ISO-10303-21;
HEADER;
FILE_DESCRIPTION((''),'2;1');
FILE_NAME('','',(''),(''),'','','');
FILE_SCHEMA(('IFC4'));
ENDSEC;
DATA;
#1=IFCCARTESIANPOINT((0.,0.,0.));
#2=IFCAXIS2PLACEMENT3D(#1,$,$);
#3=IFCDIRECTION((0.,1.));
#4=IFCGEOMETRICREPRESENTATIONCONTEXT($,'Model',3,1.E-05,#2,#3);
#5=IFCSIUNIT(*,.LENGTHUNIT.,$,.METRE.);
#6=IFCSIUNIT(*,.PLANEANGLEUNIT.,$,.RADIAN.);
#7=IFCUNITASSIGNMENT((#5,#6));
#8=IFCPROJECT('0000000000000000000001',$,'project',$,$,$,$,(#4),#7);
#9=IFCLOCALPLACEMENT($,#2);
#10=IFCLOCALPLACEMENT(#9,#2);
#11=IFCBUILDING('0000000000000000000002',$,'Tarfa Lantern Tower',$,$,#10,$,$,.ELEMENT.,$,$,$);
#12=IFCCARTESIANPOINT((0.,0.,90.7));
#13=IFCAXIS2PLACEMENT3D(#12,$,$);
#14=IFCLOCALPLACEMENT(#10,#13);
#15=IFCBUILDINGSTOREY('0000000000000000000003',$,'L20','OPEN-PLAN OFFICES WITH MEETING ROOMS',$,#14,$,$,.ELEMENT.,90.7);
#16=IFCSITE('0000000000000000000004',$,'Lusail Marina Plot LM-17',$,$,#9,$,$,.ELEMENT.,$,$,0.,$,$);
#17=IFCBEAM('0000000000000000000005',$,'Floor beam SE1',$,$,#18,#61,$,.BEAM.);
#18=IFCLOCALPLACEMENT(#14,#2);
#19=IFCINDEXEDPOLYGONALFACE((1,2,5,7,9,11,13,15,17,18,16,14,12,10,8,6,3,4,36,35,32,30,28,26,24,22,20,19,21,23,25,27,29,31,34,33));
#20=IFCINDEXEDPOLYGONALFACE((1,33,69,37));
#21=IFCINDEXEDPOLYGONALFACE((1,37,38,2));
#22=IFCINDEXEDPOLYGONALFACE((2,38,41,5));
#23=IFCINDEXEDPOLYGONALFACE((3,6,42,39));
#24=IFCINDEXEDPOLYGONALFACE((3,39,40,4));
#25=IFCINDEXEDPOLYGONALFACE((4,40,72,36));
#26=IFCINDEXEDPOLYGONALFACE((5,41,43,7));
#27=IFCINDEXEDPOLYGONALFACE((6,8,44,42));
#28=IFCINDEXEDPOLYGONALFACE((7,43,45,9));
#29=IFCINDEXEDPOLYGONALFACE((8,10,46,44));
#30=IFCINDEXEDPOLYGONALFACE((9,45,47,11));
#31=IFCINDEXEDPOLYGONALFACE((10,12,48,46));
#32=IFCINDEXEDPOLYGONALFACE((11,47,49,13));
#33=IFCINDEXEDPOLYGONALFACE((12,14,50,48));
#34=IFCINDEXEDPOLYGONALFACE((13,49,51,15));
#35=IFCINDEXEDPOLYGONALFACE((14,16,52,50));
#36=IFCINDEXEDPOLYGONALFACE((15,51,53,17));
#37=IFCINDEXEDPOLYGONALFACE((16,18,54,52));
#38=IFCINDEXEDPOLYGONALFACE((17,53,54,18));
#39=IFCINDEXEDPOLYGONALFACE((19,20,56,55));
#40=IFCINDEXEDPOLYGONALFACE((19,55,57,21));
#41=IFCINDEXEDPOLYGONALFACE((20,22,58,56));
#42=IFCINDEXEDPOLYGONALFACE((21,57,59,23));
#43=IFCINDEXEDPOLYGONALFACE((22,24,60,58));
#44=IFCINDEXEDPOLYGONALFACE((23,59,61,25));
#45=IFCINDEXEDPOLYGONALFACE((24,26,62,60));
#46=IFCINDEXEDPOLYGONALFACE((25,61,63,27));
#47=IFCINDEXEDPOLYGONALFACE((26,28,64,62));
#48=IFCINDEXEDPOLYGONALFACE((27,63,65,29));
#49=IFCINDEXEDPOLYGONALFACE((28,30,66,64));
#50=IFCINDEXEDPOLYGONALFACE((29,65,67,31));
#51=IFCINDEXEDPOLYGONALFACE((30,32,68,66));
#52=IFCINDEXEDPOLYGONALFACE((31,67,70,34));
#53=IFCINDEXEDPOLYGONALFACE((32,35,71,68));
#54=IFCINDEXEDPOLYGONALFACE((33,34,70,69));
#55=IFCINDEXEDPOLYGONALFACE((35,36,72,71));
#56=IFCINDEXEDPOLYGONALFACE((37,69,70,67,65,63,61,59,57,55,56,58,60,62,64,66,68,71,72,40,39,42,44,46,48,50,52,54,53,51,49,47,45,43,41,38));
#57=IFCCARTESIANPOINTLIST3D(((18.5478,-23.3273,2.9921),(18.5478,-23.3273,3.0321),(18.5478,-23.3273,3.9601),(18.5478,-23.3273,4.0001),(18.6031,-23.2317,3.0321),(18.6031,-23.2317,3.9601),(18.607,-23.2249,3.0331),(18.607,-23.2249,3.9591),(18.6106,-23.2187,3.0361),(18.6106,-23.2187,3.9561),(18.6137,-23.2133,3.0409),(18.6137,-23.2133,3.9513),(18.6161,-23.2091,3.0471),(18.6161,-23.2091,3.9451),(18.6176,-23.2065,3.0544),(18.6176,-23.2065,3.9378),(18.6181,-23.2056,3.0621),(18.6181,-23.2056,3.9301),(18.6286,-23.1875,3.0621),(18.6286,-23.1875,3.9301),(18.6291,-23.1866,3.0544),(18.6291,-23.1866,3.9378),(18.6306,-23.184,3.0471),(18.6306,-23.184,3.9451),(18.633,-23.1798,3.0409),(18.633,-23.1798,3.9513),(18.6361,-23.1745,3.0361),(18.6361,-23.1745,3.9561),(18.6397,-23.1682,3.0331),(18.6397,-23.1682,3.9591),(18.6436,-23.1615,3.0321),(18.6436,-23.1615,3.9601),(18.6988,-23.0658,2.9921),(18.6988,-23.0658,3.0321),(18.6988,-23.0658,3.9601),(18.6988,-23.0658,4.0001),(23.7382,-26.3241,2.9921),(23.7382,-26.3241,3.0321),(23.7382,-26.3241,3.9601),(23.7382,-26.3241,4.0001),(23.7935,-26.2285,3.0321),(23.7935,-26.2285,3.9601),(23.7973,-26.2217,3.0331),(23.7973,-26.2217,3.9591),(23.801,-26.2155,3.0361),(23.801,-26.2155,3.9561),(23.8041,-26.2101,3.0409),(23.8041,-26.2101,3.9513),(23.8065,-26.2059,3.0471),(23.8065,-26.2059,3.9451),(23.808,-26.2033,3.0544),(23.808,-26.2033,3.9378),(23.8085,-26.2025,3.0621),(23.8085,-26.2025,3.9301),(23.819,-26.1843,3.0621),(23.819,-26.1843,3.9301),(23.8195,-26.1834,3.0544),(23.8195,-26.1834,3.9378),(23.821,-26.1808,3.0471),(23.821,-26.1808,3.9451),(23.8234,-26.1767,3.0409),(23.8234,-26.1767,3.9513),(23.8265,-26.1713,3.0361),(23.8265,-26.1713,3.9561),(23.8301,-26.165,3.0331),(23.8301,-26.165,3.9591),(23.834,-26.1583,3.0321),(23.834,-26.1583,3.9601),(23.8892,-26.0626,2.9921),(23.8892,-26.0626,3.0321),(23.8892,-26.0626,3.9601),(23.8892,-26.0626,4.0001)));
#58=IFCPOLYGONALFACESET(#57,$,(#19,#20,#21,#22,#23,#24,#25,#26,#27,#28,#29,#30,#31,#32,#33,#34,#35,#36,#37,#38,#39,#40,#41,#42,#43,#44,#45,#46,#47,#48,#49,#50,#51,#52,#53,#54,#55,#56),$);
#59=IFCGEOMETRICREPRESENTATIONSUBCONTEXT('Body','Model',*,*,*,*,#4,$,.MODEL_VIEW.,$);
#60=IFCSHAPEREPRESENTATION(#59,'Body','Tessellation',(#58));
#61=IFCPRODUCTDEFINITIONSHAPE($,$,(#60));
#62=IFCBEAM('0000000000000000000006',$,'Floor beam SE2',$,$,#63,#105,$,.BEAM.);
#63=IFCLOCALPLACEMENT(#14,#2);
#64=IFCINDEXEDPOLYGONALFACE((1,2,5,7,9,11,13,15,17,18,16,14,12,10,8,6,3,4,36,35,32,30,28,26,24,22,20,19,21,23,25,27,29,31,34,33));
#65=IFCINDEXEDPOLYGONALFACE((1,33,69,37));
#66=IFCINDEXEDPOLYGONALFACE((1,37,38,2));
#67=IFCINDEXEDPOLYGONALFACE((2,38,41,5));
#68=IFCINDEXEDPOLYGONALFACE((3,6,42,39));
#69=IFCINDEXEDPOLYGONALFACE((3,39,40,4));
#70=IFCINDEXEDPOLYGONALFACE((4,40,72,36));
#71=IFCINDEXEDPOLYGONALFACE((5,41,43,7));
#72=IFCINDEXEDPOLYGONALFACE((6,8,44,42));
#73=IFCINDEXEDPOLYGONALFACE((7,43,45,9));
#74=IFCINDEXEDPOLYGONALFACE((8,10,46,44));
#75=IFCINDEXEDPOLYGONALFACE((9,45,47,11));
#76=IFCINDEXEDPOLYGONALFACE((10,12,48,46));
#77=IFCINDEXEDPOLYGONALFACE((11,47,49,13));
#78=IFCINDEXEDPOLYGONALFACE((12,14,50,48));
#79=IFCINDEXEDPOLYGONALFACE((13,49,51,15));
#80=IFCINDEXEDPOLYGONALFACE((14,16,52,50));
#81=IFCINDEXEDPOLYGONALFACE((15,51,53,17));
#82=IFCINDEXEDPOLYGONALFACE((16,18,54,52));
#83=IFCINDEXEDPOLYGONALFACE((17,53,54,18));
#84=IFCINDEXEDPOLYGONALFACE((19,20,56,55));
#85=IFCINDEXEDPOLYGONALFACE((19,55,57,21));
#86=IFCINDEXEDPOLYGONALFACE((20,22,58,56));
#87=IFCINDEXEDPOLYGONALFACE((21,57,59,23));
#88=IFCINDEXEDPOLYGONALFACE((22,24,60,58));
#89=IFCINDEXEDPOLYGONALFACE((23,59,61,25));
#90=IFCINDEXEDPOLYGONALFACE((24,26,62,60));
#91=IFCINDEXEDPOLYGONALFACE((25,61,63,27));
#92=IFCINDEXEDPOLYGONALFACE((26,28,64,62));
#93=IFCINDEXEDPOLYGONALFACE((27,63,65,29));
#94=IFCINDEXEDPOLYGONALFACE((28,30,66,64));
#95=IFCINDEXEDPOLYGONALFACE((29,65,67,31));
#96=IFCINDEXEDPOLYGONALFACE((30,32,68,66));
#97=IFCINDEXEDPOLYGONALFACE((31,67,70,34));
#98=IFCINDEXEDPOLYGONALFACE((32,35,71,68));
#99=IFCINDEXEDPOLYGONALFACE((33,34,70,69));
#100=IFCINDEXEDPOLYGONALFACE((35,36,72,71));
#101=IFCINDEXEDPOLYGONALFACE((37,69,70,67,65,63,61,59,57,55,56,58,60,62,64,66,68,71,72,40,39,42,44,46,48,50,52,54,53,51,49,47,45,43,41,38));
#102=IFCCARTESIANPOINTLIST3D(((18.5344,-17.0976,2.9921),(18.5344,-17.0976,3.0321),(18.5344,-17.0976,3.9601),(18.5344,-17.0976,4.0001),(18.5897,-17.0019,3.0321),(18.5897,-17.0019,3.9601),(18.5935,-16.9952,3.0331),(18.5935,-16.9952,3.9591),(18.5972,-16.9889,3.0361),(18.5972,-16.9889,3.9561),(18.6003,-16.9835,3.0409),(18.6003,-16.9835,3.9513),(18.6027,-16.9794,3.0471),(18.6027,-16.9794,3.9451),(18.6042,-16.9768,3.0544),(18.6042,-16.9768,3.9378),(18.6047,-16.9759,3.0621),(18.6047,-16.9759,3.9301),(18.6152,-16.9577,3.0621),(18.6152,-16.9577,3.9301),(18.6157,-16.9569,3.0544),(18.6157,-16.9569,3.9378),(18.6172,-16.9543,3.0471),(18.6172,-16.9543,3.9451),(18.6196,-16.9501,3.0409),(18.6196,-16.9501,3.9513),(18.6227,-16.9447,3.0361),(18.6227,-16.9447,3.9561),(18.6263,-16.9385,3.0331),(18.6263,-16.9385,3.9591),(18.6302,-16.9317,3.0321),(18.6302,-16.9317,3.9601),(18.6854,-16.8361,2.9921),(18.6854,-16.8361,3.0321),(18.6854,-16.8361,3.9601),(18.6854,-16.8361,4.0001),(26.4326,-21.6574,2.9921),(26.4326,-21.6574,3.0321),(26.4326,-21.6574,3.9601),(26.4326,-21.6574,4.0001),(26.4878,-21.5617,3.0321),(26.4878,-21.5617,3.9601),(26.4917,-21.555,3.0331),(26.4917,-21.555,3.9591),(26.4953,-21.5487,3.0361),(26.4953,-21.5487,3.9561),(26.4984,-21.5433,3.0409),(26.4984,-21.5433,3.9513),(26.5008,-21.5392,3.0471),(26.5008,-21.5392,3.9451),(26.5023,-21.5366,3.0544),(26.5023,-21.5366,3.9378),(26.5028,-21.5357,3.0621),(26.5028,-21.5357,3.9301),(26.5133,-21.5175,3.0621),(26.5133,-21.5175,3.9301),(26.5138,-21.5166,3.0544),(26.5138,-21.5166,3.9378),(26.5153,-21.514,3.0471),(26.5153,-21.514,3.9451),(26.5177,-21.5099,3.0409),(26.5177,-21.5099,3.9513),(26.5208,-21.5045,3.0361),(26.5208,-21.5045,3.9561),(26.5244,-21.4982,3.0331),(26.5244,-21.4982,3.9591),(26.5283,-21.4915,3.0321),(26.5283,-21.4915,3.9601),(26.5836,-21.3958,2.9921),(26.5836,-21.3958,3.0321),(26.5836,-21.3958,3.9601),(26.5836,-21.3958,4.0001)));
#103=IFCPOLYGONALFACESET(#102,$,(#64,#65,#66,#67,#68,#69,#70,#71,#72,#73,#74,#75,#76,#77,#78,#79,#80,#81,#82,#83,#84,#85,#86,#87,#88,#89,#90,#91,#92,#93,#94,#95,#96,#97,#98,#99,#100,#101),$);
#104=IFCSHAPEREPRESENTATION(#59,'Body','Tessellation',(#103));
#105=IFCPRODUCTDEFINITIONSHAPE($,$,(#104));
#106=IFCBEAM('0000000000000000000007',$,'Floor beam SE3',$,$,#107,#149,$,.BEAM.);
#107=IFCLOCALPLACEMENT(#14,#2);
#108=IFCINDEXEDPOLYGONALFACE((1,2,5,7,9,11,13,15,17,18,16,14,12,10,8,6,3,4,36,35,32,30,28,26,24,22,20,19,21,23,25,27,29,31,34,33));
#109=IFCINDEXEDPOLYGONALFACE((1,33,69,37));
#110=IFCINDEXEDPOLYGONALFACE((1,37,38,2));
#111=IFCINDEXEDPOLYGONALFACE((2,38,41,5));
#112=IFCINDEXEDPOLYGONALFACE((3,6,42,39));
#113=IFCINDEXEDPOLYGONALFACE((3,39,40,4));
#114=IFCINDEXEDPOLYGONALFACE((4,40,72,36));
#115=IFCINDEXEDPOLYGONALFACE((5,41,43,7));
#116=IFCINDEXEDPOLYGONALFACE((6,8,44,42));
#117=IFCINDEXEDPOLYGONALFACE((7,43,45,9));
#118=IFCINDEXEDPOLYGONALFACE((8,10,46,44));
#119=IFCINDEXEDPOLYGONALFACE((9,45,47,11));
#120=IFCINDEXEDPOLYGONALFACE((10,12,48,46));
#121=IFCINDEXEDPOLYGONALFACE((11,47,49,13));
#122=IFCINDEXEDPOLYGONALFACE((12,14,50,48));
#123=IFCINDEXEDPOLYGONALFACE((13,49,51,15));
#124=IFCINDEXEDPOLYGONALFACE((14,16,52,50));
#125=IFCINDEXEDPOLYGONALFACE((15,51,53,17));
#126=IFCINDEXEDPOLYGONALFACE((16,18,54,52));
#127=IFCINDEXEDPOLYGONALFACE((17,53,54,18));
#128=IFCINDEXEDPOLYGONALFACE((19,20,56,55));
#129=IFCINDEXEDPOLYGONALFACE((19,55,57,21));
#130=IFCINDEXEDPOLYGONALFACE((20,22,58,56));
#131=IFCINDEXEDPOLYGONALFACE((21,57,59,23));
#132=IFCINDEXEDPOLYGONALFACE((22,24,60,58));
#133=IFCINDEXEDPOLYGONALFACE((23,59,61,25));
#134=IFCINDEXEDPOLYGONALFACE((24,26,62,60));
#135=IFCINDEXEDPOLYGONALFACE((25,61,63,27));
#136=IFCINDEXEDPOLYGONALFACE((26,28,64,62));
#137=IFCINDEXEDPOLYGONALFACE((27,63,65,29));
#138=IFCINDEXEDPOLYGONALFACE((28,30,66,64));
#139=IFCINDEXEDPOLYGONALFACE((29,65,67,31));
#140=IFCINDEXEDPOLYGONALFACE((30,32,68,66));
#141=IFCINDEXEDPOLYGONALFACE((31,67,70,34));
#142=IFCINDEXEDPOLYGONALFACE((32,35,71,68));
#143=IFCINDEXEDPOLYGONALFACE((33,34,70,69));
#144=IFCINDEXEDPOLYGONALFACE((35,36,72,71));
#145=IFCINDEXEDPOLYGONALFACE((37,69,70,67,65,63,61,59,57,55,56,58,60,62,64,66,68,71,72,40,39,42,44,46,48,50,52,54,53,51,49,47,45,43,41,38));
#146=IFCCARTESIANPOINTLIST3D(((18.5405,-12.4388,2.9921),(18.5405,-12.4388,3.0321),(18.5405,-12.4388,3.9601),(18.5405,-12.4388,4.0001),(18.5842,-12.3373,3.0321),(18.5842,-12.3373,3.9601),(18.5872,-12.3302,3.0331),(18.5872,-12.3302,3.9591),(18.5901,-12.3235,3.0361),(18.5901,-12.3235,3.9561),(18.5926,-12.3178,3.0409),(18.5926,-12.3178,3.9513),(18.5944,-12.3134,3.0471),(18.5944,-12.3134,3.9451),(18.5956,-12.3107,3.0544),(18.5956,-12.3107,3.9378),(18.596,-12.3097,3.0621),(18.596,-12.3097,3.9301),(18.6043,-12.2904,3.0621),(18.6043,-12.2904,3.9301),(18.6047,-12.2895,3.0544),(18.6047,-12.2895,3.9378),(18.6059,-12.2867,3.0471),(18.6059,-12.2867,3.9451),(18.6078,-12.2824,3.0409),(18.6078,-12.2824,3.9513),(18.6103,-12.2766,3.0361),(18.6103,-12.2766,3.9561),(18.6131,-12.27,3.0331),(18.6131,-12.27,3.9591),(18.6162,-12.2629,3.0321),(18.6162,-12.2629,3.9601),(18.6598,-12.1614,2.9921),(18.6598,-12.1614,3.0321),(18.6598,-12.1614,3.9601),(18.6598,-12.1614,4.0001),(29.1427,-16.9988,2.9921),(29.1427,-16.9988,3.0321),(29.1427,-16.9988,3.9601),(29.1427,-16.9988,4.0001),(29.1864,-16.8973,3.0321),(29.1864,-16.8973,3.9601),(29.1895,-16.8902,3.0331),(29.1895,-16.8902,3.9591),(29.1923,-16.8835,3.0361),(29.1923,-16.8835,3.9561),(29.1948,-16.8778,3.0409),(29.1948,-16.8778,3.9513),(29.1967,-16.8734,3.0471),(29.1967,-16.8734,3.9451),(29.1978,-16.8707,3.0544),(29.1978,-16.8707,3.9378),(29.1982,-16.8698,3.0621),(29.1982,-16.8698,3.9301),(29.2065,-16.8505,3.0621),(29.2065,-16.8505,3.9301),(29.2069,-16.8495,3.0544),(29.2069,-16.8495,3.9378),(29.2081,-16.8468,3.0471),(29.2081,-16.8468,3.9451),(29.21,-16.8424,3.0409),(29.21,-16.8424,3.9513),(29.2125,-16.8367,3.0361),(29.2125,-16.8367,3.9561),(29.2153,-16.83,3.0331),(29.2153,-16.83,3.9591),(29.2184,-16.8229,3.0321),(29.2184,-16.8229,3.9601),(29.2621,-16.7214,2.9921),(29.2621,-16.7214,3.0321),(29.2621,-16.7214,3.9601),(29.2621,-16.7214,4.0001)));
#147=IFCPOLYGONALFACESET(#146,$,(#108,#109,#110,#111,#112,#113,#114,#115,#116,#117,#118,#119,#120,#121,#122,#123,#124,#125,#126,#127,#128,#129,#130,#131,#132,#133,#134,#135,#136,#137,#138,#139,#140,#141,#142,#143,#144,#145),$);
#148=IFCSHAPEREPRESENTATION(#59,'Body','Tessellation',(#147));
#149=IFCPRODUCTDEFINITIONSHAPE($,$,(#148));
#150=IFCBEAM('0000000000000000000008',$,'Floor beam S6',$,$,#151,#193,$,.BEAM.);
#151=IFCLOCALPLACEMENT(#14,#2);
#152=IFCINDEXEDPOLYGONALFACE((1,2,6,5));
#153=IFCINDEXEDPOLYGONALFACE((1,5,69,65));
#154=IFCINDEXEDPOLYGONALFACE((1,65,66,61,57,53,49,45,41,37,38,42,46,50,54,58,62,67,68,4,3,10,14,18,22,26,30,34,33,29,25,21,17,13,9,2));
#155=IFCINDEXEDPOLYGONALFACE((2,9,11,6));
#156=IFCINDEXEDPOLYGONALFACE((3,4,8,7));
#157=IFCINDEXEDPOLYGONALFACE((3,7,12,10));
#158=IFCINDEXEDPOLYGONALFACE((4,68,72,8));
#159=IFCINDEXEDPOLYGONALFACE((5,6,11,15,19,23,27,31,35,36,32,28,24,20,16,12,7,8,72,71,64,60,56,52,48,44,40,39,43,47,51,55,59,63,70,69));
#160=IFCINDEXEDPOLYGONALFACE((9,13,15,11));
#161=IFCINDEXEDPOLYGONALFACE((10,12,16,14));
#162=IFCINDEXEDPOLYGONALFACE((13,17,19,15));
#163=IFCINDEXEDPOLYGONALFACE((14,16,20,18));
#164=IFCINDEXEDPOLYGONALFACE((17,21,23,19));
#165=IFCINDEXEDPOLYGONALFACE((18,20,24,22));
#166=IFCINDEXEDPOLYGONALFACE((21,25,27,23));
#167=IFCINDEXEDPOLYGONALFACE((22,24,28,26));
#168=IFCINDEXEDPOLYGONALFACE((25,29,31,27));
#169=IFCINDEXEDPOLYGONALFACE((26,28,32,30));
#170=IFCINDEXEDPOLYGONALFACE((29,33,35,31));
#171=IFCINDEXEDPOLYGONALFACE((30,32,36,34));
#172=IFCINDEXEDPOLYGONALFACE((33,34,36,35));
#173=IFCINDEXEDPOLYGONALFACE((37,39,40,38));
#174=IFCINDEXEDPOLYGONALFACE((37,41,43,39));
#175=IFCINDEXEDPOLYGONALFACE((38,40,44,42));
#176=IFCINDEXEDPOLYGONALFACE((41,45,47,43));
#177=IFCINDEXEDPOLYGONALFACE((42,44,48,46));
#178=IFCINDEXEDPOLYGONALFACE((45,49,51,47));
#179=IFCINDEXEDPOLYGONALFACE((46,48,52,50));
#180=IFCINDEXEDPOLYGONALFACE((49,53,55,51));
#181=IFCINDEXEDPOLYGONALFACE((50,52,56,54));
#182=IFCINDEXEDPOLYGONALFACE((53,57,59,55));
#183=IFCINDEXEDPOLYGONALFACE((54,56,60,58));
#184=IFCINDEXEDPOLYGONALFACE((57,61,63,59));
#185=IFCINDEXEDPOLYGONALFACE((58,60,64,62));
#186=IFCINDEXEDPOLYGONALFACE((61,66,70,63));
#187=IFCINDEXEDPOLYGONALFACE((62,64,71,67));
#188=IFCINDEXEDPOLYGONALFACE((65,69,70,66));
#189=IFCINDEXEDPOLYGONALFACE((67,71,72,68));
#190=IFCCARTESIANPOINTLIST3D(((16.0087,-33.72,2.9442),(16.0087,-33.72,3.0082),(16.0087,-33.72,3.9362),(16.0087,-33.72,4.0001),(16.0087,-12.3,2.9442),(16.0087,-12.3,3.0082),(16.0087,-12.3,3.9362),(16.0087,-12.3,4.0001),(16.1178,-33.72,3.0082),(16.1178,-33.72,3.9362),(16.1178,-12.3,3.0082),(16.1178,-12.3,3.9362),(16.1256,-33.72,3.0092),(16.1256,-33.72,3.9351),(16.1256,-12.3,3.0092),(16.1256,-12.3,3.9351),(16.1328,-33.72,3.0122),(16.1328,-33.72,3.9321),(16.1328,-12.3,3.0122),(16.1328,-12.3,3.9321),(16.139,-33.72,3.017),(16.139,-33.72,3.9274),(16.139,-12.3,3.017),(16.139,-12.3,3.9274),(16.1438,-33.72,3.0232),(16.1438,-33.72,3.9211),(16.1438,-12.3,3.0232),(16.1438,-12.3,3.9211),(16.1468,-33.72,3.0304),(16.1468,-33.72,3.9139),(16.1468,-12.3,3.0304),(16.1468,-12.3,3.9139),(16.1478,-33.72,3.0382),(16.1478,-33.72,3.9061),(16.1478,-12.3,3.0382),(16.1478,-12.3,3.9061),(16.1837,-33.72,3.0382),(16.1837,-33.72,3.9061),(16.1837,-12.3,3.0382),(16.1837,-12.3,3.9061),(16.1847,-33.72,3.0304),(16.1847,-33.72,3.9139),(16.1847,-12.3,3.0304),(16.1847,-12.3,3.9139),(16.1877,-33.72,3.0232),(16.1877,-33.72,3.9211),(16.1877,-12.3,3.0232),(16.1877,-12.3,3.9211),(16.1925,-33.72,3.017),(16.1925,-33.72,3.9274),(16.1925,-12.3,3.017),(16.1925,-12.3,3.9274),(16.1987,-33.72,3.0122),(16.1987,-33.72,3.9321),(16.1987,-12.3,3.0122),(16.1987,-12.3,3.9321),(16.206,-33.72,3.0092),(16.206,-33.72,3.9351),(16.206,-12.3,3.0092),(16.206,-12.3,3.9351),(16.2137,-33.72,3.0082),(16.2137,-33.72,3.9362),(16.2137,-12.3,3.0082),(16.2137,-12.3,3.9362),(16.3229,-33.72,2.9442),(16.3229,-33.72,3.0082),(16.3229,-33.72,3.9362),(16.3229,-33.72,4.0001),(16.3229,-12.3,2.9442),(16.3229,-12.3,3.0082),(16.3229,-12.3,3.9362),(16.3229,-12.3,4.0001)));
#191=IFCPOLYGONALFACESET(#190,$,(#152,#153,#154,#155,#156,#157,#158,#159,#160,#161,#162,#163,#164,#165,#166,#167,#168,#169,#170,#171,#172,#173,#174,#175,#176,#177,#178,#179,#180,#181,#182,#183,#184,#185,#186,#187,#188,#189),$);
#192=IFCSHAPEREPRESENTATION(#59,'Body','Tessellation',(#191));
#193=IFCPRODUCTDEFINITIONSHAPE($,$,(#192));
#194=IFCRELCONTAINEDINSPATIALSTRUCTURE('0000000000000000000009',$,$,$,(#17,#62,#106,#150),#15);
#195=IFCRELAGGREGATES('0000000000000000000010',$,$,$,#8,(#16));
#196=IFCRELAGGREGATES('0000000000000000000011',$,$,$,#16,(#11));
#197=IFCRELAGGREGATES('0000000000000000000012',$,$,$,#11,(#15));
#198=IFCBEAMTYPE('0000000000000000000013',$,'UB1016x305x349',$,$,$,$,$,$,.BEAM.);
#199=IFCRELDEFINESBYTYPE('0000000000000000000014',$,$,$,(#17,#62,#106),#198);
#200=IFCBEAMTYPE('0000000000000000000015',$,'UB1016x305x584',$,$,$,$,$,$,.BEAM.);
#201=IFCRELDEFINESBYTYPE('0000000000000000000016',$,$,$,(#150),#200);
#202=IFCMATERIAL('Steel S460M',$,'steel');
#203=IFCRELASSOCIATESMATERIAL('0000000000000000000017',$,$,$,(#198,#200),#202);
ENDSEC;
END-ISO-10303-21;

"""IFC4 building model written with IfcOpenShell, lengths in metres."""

from ifc_helpers import new_model, si_unit, direction, frame, origin, origin_2d, place, context, subcontext, project, spatial, i_section, extrude, material, material_profile, profile_set, type_object, element, save


model = new_model("IFC4")

# Units and contexts
model_context = context("Model", 3, precision=1e-05, world=origin(), true_north=direction((0.0, 1.0)))
body_context = subcontext(model_context, "Body", "Model", "MODEL_VIEW")
ifc_project = project(units=[si_unit("LENGTHUNIT", "METRE"), si_unit("PLANEANGLEUNIT", "RADIAN")], contexts=[model_context])

# Site, building, storey
site_placement = place(None, origin())
site = spatial("IfcSite", under=ifc_project, at=site_placement, Name="Lusail Marina Plot LM-17", CompositionType="ELEMENT", RefElevation=0.0)
building_placement = place(site_placement, origin())
building = spatial("IfcBuilding", under=site, at=building_placement, Name="Tarfa Lantern Tower", CompositionType="ELEMENT")
storey_placement = place(building_placement, frame((0.0, 0.0, 90.7)))
storey = spatial("IfcBuildingStorey", under=building, at=storey_placement, Name="L20", Description="OPEN-PLAN OFFICES WITH MEETING ROOMS", CompositionType="ELEMENT", Elevation=90.7)

# Beams
ifc_material_1 = material(Name="Steel S460M", Category="steel")
ifc_material_profile_1 = material_profile(ifc_material_1, i_section(OverallWidth=0.302, OverallDepth=1.0081, WebThickness=0.021, FlangeThickness=0.04, FilletRadius=0.03, at=origin_2d()), Name="UB1016x305x349")
ifc_profile_set_1 = profile_set([ifc_material_profile_1], Name="Steel S460M")
beam_type_1 = type_object("IfcBeamType", Name="UB1016x305x349", PredefinedType="BEAM", material=ifc_profile_set_1)
beam_1_placement = place(storey_placement, frame((23.8137, -26.1934, 3.4961), z_axis=(-0.866016, 0.500016, 0.0), x_axis=(-0.500016, -0.866016, 0.0)))
element("IfcBeam", 1, at=beam_1_placement, inside=storey, type_object=beam_type_1, Name="Floor beam SE1", PredefinedType="BEAM", context=body_context, shape_type="SweptSolid", body=[
    extrude(i_section(OverallWidth=0.302, OverallDepth=1.0081, WebThickness=0.021, FlangeThickness=0.04, FilletRadius=0.03, at=origin_2d()), origin(), (0.0, 0.0, 1.0), 5.9934),
])
beam_2_placement = place(storey_placement, frame((26.5081, -21.5266, 3.4961), z_axis=(-0.866035, 0.499983, 0.0), x_axis=(-0.499983, -0.866035, 0.0)))
element("IfcBeam", 2, at=beam_2_placement, inside=storey, type_object=beam_type_1, Name="Floor beam SE2", PredefinedType="BEAM", context=body_context, shape_type="SweptSolid", body=[
    extrude(i_section(OverallWidth=0.302, OverallDepth=1.0081, WebThickness=0.021, FlangeThickness=0.04, FilletRadius=0.03, at=origin_2d()), origin(), (0.0, 0.0, 1.0), 9.1199),
])
beam_3_placement = place(storey_placement, frame((29.2024, -16.8601, 3.4961), z_axis=(-0.918635, 0.395106, 0.0), x_axis=(-0.395106, -0.918635, 0.0)))
element("IfcBeam", 3, at=beam_3_placement, inside=storey, type_object=beam_type_1, Name="Floor beam SE3", PredefinedType="BEAM", context=body_context, shape_type="SweptSolid", body=[
    extrude(i_section(OverallWidth=0.302, OverallDepth=1.0081, WebThickness=0.021, FlangeThickness=0.04, FilletRadius=0.03, at=origin_2d()), origin(), (0.0, 0.0, 1.0), 11.5413),
])
ifc_material_profile_2 = material_profile(ifc_material_1, i_section(OverallWidth=0.3142, OverallDepth=1.0559, WebThickness=0.0359, FlangeThickness=0.064, FilletRadius=0.03, at=origin_2d()), Name="UB1016x305x584")
ifc_profile_set_2 = profile_set([ifc_material_profile_2], Name="Steel S460M")
beam_type_2 = type_object("IfcBeamType", Name="UB1016x305x584", PredefinedType="BEAM", material=ifc_profile_set_2)
beam_4_placement = place(storey_placement, frame((16.1658, -33.72, 3.4722), z_axis=(0.0, 1.0, 0.0), x_axis=(-1.0, 0.0, 0.0)))
element("IfcBeam", 4, at=beam_4_placement, inside=storey, type_object=beam_type_2, Name="Floor beam S6", PredefinedType="BEAM", context=body_context, shape_type="SweptSolid", body=[
    extrude(i_section(OverallWidth=0.3142, OverallDepth=1.0559, WebThickness=0.0359, FlangeThickness=0.064, FilletRadius=0.03, at=origin_2d()), origin(), (0.0, 0.0, 1.0), 21.4199),
])

save(model, "model.ifc")
